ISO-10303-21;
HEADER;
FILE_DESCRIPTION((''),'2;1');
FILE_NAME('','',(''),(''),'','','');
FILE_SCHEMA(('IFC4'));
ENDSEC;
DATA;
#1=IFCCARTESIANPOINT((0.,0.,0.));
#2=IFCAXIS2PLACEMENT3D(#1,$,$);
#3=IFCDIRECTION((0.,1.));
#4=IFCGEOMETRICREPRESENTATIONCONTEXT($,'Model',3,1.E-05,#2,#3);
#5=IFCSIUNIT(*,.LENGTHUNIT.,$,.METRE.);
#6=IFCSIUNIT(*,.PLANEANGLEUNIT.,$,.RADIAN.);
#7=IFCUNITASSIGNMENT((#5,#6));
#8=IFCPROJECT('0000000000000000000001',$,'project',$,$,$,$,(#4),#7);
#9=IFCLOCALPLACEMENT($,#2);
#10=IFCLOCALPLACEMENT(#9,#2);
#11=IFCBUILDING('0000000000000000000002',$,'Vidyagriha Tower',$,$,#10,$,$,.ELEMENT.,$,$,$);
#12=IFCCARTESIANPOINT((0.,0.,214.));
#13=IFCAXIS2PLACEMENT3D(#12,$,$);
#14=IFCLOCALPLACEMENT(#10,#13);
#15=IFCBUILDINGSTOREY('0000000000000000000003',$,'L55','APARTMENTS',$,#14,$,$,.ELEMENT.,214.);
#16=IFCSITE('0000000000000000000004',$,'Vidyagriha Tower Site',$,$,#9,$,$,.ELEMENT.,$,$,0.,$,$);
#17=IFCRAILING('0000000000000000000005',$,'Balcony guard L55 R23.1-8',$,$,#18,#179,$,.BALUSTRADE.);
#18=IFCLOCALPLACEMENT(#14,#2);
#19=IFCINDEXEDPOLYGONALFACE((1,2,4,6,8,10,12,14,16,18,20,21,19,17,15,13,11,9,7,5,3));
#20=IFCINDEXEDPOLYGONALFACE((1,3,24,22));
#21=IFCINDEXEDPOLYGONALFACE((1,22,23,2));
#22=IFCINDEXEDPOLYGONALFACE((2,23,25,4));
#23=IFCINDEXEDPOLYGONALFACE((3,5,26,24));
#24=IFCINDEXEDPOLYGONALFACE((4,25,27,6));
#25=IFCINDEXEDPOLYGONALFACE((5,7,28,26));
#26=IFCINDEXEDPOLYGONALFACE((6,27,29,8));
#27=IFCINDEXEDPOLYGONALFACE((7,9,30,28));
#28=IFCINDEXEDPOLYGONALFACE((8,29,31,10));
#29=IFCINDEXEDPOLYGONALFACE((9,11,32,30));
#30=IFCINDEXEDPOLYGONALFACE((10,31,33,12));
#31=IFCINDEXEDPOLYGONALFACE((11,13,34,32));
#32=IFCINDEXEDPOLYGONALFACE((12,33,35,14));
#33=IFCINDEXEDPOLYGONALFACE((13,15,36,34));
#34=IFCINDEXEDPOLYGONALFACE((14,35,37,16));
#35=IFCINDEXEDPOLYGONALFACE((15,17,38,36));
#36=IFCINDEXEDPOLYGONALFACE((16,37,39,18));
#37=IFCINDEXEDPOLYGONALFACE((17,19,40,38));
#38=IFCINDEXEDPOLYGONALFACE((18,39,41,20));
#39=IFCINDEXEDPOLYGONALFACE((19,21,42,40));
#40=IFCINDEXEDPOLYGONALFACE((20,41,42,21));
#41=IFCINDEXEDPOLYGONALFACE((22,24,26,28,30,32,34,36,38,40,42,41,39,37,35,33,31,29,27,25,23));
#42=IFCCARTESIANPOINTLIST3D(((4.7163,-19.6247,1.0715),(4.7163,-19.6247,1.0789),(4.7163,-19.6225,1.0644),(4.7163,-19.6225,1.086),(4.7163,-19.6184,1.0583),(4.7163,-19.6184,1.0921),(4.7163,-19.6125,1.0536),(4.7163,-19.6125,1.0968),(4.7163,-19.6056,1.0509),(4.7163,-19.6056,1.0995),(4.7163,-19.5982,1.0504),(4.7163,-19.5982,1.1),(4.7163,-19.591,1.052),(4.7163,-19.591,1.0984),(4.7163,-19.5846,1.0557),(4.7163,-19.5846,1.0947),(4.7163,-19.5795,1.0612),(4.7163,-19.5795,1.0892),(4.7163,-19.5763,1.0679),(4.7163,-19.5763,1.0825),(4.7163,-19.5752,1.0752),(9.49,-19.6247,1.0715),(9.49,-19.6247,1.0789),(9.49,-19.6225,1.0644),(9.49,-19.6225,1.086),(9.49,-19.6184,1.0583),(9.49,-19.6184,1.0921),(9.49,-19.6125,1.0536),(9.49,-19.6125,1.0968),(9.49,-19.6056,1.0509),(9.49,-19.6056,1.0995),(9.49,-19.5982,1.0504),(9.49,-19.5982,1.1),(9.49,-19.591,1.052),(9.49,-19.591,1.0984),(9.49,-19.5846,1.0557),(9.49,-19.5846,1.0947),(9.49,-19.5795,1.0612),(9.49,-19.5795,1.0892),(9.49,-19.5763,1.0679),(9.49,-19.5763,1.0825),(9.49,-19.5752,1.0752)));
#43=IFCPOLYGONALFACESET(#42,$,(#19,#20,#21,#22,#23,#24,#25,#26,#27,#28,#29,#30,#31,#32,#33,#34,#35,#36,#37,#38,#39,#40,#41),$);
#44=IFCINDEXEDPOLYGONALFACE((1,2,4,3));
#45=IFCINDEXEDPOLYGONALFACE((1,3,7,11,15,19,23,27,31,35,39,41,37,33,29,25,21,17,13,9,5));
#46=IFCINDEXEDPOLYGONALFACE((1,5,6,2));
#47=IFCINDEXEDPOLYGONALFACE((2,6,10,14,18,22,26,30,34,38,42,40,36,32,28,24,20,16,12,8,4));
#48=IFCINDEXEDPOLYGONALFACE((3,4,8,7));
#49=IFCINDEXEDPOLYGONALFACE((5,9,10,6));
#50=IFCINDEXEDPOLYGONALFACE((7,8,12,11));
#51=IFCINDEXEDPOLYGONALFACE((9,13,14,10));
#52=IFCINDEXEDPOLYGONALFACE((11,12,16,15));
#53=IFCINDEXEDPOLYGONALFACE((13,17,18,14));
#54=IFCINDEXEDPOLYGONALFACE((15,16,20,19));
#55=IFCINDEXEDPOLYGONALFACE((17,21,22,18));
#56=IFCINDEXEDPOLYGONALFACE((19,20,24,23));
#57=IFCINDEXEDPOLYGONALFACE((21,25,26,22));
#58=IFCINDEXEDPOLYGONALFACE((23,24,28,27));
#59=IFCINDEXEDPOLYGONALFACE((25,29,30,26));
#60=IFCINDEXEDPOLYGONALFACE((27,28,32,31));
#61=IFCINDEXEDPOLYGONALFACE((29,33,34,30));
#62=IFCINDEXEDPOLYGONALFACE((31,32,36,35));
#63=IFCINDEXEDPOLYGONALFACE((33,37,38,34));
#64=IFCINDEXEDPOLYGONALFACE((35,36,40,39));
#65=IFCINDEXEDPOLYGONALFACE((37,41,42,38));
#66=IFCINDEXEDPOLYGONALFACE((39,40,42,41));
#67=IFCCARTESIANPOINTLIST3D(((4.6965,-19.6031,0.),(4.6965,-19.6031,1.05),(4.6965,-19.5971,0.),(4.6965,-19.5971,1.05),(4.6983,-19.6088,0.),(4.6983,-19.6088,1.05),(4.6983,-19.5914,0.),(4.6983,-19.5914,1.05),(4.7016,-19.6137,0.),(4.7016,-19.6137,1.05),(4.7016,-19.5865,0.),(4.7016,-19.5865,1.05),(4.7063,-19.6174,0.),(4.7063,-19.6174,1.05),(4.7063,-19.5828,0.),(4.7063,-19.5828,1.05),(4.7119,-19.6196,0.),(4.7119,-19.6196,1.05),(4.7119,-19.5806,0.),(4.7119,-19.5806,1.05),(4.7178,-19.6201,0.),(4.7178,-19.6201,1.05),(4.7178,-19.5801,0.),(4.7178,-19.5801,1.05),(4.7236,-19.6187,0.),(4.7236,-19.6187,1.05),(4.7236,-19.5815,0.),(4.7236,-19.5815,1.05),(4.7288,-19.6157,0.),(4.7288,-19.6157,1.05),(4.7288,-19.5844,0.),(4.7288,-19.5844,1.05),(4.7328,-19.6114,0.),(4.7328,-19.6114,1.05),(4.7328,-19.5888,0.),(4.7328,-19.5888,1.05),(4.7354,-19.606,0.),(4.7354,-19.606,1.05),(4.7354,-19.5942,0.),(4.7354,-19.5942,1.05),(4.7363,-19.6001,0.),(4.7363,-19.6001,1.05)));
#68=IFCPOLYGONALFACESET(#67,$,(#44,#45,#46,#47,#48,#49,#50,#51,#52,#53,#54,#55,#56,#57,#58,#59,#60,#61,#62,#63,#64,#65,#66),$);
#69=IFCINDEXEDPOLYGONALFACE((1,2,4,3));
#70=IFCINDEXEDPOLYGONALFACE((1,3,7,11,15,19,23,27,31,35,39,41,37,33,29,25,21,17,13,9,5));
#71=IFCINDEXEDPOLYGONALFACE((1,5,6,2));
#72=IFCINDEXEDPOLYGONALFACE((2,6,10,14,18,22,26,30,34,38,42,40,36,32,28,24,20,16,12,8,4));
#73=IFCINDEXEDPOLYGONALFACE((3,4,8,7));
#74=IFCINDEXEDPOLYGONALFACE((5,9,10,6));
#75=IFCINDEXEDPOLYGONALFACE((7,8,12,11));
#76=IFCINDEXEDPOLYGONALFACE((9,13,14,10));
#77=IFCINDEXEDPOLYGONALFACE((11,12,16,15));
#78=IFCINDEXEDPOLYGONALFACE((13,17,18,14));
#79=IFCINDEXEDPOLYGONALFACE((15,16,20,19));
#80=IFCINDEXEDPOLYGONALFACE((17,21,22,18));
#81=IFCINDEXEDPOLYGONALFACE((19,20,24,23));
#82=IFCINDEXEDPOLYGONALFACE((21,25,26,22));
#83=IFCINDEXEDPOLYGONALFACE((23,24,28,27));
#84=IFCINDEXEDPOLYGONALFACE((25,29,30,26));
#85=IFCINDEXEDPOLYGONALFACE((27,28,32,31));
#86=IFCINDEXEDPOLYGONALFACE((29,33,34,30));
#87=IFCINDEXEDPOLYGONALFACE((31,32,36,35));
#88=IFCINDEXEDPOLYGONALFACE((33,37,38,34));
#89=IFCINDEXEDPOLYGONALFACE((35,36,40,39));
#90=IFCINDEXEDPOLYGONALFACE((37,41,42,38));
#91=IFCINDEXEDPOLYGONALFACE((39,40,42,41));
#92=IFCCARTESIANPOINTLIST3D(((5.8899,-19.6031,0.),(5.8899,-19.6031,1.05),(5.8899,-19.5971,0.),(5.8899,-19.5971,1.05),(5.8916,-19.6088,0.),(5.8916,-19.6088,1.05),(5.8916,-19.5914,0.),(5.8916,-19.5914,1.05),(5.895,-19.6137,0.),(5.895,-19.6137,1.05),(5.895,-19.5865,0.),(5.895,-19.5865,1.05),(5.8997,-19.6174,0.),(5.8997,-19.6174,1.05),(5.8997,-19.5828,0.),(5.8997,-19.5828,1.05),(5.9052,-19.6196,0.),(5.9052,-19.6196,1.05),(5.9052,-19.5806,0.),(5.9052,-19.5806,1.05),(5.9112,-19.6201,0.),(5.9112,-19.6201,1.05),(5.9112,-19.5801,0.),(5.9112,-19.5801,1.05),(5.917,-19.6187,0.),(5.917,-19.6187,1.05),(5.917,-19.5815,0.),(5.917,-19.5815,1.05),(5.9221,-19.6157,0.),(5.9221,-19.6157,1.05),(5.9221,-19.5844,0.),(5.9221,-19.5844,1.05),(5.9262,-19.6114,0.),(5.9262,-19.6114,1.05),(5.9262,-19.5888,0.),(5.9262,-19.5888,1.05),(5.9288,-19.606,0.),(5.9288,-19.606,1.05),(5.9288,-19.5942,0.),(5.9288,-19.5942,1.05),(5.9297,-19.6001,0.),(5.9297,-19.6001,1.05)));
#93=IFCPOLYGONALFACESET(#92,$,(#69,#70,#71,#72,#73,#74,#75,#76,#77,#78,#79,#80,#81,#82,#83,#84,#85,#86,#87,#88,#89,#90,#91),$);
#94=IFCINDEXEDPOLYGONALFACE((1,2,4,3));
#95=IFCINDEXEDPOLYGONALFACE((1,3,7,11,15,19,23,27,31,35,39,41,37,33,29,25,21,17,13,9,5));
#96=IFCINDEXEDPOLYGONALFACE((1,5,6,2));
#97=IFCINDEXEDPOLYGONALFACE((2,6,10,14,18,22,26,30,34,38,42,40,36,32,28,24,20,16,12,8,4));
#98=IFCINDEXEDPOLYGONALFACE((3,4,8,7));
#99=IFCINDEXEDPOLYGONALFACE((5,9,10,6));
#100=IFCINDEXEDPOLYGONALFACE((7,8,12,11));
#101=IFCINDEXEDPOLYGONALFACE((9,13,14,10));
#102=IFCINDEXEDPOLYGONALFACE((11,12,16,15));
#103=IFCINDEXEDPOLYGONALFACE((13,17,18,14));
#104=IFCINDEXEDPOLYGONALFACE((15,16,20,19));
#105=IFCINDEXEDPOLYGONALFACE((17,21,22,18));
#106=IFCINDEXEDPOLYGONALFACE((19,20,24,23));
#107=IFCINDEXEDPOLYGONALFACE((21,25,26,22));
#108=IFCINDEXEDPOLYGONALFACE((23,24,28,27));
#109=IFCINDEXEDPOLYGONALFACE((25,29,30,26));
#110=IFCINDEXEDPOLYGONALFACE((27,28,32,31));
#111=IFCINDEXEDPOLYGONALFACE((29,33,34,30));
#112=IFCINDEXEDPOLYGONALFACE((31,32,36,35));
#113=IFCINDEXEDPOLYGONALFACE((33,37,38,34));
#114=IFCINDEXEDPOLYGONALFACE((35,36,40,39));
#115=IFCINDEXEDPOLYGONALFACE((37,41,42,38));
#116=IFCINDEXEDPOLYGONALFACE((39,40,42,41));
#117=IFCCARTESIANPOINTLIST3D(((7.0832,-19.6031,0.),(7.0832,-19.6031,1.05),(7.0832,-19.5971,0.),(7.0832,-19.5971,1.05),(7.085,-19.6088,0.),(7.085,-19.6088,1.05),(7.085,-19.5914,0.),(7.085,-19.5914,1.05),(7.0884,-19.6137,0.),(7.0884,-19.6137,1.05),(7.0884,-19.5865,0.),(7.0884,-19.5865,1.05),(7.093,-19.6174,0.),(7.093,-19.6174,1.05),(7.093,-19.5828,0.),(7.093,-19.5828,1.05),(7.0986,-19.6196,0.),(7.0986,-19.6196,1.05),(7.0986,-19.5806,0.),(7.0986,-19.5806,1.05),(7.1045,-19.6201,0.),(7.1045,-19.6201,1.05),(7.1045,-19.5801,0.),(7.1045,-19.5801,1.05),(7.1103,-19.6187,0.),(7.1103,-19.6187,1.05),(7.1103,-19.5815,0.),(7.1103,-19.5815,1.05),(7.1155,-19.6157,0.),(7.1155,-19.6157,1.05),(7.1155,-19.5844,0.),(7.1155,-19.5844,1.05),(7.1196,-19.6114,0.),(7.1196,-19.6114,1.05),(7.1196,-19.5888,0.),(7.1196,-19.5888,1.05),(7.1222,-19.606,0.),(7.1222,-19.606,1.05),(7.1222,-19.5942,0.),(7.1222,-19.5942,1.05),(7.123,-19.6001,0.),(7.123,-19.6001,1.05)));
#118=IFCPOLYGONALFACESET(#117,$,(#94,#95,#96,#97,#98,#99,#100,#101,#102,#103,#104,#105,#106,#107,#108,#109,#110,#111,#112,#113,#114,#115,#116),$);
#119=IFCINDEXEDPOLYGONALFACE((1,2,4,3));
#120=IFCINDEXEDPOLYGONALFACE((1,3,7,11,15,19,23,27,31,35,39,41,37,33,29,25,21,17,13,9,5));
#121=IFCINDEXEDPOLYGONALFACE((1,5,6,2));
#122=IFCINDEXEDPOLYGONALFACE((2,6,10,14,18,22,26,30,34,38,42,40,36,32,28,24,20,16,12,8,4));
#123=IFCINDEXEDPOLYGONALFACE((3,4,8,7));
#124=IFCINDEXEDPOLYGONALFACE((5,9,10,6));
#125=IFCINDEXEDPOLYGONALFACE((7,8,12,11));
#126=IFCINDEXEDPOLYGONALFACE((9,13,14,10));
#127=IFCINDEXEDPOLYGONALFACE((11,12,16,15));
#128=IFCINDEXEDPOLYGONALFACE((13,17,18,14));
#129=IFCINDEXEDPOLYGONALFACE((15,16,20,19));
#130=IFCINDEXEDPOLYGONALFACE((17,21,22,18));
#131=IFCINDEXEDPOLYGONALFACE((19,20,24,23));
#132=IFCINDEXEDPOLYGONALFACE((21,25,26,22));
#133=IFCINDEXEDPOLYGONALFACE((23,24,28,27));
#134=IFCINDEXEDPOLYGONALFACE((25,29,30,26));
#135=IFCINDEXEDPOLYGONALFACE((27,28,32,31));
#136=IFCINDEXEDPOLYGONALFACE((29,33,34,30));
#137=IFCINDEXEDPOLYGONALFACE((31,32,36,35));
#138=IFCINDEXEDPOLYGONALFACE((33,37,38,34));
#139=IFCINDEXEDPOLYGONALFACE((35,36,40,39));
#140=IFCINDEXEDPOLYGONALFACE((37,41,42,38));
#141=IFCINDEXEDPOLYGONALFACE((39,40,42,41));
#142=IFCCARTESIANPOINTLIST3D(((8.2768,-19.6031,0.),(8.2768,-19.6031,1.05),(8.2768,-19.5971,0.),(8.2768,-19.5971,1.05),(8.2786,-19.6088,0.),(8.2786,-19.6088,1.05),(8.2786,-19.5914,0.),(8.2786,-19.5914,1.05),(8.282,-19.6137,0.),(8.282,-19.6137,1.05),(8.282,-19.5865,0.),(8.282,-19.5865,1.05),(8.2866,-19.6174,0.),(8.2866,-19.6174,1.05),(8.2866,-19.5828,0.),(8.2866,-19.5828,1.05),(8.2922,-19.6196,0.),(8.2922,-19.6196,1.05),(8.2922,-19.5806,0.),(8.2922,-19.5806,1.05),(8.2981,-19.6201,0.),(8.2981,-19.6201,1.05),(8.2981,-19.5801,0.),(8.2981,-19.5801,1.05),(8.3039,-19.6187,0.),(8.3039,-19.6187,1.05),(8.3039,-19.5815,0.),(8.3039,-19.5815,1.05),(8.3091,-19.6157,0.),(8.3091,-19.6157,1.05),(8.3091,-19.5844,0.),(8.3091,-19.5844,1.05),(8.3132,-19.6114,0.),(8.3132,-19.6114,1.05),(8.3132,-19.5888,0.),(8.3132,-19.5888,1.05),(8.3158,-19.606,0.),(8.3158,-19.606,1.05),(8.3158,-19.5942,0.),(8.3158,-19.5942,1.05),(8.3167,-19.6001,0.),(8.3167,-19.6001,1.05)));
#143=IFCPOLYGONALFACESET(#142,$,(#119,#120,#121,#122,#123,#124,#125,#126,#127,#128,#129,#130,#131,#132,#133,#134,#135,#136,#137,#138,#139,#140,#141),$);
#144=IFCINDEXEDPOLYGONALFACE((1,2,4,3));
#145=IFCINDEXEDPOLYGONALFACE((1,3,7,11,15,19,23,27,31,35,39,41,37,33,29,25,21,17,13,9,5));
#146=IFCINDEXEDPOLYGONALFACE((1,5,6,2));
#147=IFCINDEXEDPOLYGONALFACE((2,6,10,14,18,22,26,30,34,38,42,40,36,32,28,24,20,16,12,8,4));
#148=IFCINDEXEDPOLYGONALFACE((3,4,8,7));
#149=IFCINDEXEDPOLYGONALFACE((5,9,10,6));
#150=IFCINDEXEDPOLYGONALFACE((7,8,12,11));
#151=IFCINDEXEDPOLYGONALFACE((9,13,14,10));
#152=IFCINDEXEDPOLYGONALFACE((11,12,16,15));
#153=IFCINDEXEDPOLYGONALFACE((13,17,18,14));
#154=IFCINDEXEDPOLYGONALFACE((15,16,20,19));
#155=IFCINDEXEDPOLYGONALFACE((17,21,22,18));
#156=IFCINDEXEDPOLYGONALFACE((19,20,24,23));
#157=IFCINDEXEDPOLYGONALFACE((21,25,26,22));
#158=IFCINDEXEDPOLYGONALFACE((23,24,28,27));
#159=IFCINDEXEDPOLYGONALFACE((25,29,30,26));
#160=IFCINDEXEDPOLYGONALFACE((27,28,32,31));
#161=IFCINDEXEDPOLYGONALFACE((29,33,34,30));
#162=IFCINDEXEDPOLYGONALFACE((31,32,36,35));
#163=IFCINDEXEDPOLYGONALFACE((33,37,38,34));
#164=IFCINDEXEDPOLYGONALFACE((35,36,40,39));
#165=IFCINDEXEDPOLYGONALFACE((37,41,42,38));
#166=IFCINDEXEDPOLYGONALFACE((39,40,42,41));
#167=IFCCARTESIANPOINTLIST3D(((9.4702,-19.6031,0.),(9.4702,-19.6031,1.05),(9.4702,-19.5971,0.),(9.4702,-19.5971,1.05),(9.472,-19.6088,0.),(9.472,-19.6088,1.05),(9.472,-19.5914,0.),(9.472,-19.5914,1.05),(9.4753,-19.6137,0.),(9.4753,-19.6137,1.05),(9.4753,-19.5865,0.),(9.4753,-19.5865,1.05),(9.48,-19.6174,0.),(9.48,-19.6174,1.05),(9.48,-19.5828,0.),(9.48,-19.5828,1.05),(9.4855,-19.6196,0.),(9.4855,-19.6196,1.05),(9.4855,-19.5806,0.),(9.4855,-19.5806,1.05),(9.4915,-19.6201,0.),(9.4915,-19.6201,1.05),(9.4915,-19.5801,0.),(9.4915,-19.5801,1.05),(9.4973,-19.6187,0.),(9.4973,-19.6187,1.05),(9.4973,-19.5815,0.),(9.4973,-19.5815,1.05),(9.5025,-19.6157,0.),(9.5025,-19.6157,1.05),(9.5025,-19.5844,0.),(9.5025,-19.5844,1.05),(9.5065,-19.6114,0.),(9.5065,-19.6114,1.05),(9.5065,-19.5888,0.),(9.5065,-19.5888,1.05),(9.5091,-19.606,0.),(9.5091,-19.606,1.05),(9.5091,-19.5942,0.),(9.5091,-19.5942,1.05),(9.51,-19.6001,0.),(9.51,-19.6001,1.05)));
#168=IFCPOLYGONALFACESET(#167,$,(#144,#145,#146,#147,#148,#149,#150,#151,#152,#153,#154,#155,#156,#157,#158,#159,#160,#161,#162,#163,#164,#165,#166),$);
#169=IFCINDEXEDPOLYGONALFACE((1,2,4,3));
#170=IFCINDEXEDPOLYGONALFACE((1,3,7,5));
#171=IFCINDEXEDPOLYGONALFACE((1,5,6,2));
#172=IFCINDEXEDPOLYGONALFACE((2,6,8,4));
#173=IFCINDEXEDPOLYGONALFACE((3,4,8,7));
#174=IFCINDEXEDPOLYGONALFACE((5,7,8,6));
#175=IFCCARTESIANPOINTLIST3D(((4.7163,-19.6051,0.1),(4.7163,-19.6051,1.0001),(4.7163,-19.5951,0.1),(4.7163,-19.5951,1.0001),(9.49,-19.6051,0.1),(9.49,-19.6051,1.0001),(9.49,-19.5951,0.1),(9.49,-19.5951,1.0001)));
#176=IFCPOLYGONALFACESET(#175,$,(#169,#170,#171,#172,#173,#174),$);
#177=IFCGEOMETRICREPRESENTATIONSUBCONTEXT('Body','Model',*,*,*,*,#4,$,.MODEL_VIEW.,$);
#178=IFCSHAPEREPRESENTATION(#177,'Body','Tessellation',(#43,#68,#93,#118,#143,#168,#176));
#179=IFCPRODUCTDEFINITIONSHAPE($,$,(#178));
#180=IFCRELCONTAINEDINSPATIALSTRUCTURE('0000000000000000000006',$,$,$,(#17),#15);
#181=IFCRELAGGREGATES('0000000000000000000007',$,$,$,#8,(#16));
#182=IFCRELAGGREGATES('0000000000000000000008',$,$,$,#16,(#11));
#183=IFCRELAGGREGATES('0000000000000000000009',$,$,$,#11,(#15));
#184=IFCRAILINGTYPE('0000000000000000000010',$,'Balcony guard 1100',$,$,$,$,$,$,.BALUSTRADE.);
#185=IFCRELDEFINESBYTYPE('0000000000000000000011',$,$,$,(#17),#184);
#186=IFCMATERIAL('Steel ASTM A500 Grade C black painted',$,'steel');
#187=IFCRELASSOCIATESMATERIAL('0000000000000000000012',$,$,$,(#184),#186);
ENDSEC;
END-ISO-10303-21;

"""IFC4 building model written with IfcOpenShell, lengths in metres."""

from ifc_helpers import new_model, si_unit, direction, frame, origin, origin_2d, place, context, subcontext, project, spatial, rectangle, circle, extrude, material, type_object, element, save


model = new_model("IFC4")

# Units and contexts
model_context = context("Model", 3, precision=1e-05, world=origin(), true_north=direction((0.0, 1.0)))
body_context = subcontext(model_context, "Body", "Model", "MODEL_VIEW")
ifc_project = project(units=[si_unit("LENGTHUNIT", "METRE"), si_unit("PLANEANGLEUNIT", "RADIAN")], contexts=[model_context])

# Site, building, storey
site_placement = place(None, origin())
site = spatial("IfcSite", under=ifc_project, at=site_placement, Name="Vidyagriha Tower Site", CompositionType="ELEMENT", RefElevation=0.0)
building_placement = place(site_placement, origin())
building = spatial("IfcBuilding", under=site, at=building_placement, Name="Vidyagriha Tower", CompositionType="ELEMENT")
storey_placement = place(building_placement, frame((0.0, 0.0, 214.0)))
storey = spatial("IfcBuildingStorey", under=building, at=storey_placement, Name="L55", Description="APARTMENTS", CompositionType="ELEMENT", Elevation=214.0)

# Railing
ifc_material_1 = material(Name="Steel ASTM A500 Grade C black painted", Category="steel")
railing_type = type_object("IfcRailingType", Name="Balcony guard 1100", PredefinedType="BALUSTRADE", material=ifc_material_1)
railing_1_placement = place(storey_placement, frame((4.7163, -19.6001, 0.0)))
element("IfcRailing", 1, at=railing_1_placement, inside=storey, type_object=railing_type, Name="Balcony guard L55 R23.1-8", PredefinedType="BALUSTRADE", context=body_context, shape_type="SweptSolid", body=[
    extrude(circle(Radius=0.0249, at=origin_2d()), frame((0.0, 0.0, 1.0752), z_axis=(1.0, 0.0, 0.0), x_axis=(0.0, 1.0, 0.0)), (0.0, 0.0, 1.0), 4.7737),
    extrude(circle(Radius=0.02, at=origin_2d()), origin(), (0.0, 0.0, 1.0), 1.05),
    extrude(circle(Radius=0.02, at=origin_2d()), frame((1.1934, 0.0, 0.0)), (0.0, 0.0, 1.0), 1.05),
    extrude(circle(Radius=0.02, at=origin_2d()), frame((2.3867, 0.0, 0.0)), (0.0, 0.0, 1.0), 1.05),
    extrude(circle(Radius=0.02, at=origin_2d()), frame((3.5803, 0.0, 0.0)), (0.0, 0.0, 1.0), 1.05),
    extrude(circle(Radius=0.02, at=origin_2d()), frame((4.7737, 0.0, 0.0)), (0.0, 0.0, 1.0), 1.05),
    extrude(rectangle(XDim=0.01, YDim=0.9001, at=origin_2d()), frame((0.0, 0.0, 0.55), z_axis=(1.0, 0.0, 0.0), x_axis=(0.0, 1.0, 0.0)), (0.0, 0.0, 1.0), 4.7737),
])

save(model, "model.ifc")
